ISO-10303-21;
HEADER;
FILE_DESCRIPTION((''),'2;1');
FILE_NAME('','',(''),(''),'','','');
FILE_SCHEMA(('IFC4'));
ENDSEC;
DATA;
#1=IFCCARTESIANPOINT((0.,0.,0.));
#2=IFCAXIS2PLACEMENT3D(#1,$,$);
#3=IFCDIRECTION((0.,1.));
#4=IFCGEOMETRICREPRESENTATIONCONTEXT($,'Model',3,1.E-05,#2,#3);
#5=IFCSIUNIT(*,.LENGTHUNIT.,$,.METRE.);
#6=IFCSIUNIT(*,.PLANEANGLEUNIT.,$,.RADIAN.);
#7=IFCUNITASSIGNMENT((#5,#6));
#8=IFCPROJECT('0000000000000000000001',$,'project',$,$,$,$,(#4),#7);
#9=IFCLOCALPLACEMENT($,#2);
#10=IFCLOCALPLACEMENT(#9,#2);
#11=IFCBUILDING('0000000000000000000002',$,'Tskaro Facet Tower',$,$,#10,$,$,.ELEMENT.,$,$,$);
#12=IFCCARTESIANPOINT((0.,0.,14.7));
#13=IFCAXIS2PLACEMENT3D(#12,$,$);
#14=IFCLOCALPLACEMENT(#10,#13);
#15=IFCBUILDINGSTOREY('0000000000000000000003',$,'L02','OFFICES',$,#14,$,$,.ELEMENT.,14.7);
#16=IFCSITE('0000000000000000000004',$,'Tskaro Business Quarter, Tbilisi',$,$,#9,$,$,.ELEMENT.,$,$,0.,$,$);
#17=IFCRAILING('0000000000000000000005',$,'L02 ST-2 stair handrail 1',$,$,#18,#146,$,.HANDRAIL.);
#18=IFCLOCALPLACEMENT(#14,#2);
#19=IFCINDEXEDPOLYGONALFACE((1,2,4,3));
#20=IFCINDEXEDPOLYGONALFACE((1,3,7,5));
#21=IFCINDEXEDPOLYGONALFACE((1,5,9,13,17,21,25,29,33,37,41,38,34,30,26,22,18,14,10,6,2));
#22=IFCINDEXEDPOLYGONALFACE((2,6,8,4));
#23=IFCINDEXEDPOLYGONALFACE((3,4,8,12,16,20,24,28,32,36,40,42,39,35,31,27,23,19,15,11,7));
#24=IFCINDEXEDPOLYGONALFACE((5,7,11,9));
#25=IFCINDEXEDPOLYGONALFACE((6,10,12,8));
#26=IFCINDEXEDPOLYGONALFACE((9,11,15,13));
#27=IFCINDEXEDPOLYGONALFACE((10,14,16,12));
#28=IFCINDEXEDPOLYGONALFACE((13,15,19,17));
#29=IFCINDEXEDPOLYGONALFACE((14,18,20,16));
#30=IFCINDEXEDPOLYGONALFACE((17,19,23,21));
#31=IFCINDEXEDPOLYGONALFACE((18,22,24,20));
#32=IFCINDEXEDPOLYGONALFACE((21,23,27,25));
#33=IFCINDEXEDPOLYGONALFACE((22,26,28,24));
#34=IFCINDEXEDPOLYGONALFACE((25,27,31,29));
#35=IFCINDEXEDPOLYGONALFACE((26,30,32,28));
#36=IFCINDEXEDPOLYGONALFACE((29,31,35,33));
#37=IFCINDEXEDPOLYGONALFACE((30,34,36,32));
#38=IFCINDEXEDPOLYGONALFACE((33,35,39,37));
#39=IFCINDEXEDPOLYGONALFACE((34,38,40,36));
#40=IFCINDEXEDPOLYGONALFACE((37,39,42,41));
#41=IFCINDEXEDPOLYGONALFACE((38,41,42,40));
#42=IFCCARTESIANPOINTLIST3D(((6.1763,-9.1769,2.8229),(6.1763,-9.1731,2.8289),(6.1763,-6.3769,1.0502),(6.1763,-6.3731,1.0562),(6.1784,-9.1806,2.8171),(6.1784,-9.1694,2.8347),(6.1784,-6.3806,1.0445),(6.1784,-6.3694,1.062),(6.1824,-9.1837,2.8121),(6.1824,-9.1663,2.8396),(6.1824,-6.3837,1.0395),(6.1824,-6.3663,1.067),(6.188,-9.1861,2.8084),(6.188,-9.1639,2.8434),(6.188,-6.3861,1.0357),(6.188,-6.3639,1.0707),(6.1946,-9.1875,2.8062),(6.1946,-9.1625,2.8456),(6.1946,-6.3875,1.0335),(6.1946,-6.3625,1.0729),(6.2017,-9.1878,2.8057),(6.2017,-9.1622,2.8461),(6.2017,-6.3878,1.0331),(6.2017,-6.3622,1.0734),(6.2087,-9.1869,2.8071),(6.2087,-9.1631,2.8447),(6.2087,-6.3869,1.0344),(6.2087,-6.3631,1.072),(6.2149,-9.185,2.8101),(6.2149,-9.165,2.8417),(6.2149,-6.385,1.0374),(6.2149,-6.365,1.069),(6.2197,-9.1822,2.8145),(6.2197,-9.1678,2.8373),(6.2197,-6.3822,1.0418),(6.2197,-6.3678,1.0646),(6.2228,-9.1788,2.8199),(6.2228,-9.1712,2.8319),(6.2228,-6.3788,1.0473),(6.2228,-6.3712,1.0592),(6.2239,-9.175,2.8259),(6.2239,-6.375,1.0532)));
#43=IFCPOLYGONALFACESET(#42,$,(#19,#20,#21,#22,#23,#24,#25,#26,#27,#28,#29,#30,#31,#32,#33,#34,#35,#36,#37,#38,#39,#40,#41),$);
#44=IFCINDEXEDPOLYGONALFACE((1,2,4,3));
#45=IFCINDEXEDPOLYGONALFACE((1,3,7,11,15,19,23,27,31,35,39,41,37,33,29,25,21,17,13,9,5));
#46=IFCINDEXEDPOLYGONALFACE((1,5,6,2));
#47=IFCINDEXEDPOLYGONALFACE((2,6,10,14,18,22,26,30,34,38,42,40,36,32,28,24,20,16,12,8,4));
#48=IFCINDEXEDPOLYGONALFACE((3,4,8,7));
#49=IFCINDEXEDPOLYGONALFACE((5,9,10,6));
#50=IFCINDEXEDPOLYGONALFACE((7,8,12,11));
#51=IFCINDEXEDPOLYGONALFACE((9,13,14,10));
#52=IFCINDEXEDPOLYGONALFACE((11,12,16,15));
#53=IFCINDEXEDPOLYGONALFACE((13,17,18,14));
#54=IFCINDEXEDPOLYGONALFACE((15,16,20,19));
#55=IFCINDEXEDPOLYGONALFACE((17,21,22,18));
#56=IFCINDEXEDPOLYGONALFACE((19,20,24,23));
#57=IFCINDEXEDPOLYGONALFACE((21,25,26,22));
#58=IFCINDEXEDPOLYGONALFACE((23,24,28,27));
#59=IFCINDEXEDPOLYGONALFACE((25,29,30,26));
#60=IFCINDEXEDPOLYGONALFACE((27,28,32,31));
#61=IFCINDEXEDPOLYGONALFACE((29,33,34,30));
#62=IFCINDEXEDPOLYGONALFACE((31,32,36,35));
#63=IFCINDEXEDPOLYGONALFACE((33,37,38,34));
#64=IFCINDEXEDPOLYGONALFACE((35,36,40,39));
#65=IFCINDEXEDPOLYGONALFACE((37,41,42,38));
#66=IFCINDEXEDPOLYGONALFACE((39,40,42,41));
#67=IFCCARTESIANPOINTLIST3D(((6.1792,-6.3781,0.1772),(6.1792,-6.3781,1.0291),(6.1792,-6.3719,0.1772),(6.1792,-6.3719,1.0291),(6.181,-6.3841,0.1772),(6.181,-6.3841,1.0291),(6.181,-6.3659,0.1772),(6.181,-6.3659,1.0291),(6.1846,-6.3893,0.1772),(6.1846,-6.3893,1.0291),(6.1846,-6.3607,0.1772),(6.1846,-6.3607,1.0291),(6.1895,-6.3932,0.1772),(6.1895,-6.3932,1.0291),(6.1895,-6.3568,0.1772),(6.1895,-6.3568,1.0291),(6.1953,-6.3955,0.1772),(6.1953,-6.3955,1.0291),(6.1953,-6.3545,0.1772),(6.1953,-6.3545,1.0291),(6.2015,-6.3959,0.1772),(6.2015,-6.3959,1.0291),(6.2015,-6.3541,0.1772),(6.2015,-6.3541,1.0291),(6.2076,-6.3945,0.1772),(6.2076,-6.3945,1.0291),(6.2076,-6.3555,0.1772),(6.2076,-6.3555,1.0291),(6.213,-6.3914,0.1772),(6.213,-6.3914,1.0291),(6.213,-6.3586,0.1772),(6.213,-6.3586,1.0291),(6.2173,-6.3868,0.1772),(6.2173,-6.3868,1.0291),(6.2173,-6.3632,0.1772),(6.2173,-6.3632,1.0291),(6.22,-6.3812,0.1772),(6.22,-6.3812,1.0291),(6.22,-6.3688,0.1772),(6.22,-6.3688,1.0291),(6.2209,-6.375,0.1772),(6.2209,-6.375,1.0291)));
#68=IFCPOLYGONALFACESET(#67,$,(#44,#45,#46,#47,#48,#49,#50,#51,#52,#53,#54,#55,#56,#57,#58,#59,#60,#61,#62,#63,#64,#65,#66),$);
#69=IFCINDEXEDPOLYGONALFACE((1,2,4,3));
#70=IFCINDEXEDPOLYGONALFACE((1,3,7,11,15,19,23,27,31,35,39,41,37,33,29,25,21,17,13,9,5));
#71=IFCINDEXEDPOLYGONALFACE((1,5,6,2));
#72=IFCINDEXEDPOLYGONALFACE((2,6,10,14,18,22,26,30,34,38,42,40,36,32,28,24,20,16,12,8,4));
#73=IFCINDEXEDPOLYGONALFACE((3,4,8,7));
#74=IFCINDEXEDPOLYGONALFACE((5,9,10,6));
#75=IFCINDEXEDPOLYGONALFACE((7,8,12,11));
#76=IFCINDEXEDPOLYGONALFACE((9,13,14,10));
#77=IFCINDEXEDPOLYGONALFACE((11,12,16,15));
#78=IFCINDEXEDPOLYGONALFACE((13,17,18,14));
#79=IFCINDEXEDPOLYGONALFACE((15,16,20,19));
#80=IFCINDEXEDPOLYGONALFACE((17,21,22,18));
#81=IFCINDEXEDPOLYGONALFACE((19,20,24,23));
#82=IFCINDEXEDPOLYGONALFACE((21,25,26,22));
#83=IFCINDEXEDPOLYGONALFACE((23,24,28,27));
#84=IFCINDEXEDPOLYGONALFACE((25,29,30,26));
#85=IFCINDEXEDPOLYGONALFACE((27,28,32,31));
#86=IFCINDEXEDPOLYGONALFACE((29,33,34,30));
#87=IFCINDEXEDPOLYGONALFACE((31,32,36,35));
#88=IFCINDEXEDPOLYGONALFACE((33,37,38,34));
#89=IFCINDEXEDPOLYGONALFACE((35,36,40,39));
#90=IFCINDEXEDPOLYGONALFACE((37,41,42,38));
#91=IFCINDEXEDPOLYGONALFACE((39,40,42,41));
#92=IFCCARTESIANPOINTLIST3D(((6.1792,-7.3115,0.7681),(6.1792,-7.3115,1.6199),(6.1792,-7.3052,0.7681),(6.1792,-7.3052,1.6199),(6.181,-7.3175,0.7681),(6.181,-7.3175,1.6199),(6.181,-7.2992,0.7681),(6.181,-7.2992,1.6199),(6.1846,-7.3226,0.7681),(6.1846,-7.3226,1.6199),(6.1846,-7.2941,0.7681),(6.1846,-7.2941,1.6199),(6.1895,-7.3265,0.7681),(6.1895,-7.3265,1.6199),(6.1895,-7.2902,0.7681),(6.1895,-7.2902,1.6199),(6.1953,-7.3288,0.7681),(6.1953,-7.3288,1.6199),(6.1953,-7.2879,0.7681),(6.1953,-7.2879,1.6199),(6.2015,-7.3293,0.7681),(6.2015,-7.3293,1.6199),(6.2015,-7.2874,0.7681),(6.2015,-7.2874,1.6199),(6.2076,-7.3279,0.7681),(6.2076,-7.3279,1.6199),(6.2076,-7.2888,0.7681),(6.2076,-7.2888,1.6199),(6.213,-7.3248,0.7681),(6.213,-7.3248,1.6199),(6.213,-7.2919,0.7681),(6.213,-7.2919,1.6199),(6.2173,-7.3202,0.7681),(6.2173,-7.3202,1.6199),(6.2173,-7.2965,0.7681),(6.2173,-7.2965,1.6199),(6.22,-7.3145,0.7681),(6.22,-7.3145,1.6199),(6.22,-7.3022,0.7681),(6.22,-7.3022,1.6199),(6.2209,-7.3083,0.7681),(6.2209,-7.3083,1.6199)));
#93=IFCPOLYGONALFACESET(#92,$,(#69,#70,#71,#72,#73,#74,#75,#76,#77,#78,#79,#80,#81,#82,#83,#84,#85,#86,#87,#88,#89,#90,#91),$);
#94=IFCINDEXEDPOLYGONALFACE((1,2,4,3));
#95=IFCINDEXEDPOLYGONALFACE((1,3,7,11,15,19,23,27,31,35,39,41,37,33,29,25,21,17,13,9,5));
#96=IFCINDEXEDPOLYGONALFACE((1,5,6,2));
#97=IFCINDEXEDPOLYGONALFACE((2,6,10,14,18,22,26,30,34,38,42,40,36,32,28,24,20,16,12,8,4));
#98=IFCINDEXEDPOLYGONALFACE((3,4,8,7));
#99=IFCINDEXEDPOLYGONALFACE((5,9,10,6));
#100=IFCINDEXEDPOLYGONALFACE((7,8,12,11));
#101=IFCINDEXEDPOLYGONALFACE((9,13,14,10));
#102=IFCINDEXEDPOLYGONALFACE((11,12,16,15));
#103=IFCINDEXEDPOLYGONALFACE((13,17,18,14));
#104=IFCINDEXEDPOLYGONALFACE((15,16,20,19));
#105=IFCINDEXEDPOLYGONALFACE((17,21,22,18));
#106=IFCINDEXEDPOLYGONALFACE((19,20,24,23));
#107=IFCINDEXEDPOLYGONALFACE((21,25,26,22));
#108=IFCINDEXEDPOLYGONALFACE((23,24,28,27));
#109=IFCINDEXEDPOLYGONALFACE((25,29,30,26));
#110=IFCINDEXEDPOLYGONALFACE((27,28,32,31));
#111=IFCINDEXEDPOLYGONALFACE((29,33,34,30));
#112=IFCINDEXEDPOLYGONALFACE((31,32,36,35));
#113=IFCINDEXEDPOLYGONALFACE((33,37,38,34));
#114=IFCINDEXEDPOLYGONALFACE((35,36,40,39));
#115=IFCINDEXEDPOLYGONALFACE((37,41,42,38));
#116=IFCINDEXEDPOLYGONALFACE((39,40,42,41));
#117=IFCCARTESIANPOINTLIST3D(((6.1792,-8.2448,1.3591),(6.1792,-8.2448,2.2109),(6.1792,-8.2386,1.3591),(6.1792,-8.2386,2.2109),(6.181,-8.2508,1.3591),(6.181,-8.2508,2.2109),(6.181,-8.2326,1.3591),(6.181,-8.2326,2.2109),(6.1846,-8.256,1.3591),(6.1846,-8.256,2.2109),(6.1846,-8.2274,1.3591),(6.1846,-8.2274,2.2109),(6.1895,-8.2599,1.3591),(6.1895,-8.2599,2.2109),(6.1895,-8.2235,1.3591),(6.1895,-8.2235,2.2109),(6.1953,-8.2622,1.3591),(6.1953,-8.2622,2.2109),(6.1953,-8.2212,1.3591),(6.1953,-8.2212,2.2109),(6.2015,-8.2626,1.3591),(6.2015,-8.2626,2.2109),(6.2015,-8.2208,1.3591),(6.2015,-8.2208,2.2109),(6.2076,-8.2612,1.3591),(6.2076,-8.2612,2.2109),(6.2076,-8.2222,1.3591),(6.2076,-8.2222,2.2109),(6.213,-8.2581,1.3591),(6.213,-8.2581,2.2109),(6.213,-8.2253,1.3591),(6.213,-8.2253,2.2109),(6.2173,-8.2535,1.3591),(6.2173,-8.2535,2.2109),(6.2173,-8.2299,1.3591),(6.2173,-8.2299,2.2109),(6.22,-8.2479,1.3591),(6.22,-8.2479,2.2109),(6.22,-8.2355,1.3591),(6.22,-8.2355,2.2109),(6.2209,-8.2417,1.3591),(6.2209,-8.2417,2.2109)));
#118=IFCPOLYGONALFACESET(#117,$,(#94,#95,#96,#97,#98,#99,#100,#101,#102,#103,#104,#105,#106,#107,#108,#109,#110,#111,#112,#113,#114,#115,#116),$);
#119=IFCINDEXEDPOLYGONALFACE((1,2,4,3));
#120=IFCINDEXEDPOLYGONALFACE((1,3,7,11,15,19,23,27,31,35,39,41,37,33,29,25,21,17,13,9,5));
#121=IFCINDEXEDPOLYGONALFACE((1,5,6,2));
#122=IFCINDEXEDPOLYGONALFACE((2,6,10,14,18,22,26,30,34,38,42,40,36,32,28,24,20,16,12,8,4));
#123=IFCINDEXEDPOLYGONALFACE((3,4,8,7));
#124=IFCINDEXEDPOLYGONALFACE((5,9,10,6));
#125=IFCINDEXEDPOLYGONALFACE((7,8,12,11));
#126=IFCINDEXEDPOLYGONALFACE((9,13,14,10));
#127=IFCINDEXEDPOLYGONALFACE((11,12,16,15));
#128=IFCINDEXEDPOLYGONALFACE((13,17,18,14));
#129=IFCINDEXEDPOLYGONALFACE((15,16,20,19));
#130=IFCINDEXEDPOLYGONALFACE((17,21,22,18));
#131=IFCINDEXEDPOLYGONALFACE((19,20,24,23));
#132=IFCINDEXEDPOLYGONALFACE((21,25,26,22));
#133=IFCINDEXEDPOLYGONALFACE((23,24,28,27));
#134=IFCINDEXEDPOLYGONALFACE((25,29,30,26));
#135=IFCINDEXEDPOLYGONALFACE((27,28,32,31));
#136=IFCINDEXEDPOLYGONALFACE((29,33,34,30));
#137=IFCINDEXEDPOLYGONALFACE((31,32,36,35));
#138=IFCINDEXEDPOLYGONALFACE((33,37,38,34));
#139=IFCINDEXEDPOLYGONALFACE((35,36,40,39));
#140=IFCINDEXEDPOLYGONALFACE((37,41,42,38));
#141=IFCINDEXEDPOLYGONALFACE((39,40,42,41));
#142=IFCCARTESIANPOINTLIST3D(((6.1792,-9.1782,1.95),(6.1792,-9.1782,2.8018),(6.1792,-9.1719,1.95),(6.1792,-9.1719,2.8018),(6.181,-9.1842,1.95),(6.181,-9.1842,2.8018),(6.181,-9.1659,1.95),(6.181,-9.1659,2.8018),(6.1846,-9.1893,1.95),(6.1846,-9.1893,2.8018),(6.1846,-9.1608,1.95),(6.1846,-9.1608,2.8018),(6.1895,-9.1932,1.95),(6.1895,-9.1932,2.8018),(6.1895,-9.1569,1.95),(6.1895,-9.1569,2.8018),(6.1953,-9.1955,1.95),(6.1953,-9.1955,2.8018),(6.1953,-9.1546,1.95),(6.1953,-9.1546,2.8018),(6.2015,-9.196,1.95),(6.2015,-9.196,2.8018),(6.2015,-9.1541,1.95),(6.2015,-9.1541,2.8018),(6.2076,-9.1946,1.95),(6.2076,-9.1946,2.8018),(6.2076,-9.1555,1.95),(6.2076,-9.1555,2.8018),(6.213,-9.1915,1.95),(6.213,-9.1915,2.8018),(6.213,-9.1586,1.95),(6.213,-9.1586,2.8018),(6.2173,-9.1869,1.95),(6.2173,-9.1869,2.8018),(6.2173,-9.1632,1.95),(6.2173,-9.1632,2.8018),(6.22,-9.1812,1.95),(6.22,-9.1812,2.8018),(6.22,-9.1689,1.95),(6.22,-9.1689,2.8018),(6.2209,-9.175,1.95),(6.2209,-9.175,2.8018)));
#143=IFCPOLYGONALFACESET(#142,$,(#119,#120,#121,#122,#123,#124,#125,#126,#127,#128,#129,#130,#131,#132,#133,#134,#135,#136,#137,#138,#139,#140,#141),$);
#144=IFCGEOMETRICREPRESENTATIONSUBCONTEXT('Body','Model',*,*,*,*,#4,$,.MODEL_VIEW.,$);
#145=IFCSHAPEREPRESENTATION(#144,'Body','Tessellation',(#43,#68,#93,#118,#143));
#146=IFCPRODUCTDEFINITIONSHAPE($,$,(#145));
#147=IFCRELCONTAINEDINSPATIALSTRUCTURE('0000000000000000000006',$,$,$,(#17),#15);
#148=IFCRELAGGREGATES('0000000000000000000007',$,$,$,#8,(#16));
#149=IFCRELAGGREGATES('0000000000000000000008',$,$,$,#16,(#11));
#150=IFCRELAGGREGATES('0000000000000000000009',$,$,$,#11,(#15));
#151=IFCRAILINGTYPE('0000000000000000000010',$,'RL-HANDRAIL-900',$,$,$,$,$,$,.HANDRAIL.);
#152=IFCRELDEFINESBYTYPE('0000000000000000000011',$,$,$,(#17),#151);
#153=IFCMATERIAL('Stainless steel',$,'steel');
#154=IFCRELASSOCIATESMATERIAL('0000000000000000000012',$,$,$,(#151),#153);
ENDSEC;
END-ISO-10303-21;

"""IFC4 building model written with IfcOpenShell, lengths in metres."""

from ifc_helpers import new_model, si_unit, direction, frame, origin, origin_2d, place, context, subcontext, project, spatial, circle, extrude, material, type_object, element, save


model = new_model("IFC4")

# Units and contexts
model_context = context("Model", 3, precision=1e-05, world=origin(), true_north=direction((0.0, 1.0)))
body_context = subcontext(model_context, "Body", "Model", "MODEL_VIEW")
ifc_project = project(units=[si_unit("LENGTHUNIT", "METRE"), si_unit("PLANEANGLEUNIT", "RADIAN")], contexts=[model_context])

# Site, building, storey
site_placement = place(None, origin())
site = spatial("IfcSite", under=ifc_project, at=site_placement, Name="Tskaro Business Quarter, Tbilisi", CompositionType="ELEMENT", RefElevation=0.0)
building_placement = place(site_placement, origin())
building = spatial("IfcBuilding", under=site, at=building_placement, Name="Tskaro Facet Tower", CompositionType="ELEMENT")
storey_placement = place(building_placement, frame((0.0, 0.0, 14.7)))
storey = spatial("IfcBuildingStorey", under=building, at=storey_placement, Name="L02", Description="OFFICES", CompositionType="ELEMENT", Elevation=14.7)

# Shared definitions
ifc_material_1 = material(Name="Stainless steel", Category="steel")

# Railing
railing_type = type_object("IfcRailingType", Name="RL-HANDRAIL-900", PredefinedType="HANDRAIL", material=ifc_material_1)
railing_placement = place(storey_placement, frame((6.2, -6.375, 0.1772)))
element("IfcRailing", 1, at=railing_placement, inside=storey, type_object=railing_type, Name="L02 ST-2 stair handrail 1", PredefinedType="HANDRAIL", context=body_context, shape_type="SweptSolid", body=[
    extrude(circle(Radius=0.0239, at=origin_2d()), frame((0.0, 0.0, 0.876), z_axis=(0.0, -0.844909, 0.53491), x_axis=(1.0, 0.0, 0.0)), (0.0, 0.0, 1.0), 3.314),
    extrude(circle(Radius=0.021, at=origin_2d()), origin(), (0.0, 0.0, 1.0), 0.8518),
    extrude(circle(Radius=0.021, at=origin_2d()), frame((0.0, -0.9333, 0.5908)), (0.0, 0.0, 1.0), 0.8518),
    extrude(circle(Radius=0.021, at=origin_2d()), frame((0.0, -1.8667, 1.1819)), (0.0, 0.0, 1.0), 0.8518),
    extrude(circle(Radius=0.021, at=origin_2d()), frame((0.0, -2.8, 1.7727)), (0.0, 0.0, 1.0), 0.8518),
])

save(model, "model.ifc")
